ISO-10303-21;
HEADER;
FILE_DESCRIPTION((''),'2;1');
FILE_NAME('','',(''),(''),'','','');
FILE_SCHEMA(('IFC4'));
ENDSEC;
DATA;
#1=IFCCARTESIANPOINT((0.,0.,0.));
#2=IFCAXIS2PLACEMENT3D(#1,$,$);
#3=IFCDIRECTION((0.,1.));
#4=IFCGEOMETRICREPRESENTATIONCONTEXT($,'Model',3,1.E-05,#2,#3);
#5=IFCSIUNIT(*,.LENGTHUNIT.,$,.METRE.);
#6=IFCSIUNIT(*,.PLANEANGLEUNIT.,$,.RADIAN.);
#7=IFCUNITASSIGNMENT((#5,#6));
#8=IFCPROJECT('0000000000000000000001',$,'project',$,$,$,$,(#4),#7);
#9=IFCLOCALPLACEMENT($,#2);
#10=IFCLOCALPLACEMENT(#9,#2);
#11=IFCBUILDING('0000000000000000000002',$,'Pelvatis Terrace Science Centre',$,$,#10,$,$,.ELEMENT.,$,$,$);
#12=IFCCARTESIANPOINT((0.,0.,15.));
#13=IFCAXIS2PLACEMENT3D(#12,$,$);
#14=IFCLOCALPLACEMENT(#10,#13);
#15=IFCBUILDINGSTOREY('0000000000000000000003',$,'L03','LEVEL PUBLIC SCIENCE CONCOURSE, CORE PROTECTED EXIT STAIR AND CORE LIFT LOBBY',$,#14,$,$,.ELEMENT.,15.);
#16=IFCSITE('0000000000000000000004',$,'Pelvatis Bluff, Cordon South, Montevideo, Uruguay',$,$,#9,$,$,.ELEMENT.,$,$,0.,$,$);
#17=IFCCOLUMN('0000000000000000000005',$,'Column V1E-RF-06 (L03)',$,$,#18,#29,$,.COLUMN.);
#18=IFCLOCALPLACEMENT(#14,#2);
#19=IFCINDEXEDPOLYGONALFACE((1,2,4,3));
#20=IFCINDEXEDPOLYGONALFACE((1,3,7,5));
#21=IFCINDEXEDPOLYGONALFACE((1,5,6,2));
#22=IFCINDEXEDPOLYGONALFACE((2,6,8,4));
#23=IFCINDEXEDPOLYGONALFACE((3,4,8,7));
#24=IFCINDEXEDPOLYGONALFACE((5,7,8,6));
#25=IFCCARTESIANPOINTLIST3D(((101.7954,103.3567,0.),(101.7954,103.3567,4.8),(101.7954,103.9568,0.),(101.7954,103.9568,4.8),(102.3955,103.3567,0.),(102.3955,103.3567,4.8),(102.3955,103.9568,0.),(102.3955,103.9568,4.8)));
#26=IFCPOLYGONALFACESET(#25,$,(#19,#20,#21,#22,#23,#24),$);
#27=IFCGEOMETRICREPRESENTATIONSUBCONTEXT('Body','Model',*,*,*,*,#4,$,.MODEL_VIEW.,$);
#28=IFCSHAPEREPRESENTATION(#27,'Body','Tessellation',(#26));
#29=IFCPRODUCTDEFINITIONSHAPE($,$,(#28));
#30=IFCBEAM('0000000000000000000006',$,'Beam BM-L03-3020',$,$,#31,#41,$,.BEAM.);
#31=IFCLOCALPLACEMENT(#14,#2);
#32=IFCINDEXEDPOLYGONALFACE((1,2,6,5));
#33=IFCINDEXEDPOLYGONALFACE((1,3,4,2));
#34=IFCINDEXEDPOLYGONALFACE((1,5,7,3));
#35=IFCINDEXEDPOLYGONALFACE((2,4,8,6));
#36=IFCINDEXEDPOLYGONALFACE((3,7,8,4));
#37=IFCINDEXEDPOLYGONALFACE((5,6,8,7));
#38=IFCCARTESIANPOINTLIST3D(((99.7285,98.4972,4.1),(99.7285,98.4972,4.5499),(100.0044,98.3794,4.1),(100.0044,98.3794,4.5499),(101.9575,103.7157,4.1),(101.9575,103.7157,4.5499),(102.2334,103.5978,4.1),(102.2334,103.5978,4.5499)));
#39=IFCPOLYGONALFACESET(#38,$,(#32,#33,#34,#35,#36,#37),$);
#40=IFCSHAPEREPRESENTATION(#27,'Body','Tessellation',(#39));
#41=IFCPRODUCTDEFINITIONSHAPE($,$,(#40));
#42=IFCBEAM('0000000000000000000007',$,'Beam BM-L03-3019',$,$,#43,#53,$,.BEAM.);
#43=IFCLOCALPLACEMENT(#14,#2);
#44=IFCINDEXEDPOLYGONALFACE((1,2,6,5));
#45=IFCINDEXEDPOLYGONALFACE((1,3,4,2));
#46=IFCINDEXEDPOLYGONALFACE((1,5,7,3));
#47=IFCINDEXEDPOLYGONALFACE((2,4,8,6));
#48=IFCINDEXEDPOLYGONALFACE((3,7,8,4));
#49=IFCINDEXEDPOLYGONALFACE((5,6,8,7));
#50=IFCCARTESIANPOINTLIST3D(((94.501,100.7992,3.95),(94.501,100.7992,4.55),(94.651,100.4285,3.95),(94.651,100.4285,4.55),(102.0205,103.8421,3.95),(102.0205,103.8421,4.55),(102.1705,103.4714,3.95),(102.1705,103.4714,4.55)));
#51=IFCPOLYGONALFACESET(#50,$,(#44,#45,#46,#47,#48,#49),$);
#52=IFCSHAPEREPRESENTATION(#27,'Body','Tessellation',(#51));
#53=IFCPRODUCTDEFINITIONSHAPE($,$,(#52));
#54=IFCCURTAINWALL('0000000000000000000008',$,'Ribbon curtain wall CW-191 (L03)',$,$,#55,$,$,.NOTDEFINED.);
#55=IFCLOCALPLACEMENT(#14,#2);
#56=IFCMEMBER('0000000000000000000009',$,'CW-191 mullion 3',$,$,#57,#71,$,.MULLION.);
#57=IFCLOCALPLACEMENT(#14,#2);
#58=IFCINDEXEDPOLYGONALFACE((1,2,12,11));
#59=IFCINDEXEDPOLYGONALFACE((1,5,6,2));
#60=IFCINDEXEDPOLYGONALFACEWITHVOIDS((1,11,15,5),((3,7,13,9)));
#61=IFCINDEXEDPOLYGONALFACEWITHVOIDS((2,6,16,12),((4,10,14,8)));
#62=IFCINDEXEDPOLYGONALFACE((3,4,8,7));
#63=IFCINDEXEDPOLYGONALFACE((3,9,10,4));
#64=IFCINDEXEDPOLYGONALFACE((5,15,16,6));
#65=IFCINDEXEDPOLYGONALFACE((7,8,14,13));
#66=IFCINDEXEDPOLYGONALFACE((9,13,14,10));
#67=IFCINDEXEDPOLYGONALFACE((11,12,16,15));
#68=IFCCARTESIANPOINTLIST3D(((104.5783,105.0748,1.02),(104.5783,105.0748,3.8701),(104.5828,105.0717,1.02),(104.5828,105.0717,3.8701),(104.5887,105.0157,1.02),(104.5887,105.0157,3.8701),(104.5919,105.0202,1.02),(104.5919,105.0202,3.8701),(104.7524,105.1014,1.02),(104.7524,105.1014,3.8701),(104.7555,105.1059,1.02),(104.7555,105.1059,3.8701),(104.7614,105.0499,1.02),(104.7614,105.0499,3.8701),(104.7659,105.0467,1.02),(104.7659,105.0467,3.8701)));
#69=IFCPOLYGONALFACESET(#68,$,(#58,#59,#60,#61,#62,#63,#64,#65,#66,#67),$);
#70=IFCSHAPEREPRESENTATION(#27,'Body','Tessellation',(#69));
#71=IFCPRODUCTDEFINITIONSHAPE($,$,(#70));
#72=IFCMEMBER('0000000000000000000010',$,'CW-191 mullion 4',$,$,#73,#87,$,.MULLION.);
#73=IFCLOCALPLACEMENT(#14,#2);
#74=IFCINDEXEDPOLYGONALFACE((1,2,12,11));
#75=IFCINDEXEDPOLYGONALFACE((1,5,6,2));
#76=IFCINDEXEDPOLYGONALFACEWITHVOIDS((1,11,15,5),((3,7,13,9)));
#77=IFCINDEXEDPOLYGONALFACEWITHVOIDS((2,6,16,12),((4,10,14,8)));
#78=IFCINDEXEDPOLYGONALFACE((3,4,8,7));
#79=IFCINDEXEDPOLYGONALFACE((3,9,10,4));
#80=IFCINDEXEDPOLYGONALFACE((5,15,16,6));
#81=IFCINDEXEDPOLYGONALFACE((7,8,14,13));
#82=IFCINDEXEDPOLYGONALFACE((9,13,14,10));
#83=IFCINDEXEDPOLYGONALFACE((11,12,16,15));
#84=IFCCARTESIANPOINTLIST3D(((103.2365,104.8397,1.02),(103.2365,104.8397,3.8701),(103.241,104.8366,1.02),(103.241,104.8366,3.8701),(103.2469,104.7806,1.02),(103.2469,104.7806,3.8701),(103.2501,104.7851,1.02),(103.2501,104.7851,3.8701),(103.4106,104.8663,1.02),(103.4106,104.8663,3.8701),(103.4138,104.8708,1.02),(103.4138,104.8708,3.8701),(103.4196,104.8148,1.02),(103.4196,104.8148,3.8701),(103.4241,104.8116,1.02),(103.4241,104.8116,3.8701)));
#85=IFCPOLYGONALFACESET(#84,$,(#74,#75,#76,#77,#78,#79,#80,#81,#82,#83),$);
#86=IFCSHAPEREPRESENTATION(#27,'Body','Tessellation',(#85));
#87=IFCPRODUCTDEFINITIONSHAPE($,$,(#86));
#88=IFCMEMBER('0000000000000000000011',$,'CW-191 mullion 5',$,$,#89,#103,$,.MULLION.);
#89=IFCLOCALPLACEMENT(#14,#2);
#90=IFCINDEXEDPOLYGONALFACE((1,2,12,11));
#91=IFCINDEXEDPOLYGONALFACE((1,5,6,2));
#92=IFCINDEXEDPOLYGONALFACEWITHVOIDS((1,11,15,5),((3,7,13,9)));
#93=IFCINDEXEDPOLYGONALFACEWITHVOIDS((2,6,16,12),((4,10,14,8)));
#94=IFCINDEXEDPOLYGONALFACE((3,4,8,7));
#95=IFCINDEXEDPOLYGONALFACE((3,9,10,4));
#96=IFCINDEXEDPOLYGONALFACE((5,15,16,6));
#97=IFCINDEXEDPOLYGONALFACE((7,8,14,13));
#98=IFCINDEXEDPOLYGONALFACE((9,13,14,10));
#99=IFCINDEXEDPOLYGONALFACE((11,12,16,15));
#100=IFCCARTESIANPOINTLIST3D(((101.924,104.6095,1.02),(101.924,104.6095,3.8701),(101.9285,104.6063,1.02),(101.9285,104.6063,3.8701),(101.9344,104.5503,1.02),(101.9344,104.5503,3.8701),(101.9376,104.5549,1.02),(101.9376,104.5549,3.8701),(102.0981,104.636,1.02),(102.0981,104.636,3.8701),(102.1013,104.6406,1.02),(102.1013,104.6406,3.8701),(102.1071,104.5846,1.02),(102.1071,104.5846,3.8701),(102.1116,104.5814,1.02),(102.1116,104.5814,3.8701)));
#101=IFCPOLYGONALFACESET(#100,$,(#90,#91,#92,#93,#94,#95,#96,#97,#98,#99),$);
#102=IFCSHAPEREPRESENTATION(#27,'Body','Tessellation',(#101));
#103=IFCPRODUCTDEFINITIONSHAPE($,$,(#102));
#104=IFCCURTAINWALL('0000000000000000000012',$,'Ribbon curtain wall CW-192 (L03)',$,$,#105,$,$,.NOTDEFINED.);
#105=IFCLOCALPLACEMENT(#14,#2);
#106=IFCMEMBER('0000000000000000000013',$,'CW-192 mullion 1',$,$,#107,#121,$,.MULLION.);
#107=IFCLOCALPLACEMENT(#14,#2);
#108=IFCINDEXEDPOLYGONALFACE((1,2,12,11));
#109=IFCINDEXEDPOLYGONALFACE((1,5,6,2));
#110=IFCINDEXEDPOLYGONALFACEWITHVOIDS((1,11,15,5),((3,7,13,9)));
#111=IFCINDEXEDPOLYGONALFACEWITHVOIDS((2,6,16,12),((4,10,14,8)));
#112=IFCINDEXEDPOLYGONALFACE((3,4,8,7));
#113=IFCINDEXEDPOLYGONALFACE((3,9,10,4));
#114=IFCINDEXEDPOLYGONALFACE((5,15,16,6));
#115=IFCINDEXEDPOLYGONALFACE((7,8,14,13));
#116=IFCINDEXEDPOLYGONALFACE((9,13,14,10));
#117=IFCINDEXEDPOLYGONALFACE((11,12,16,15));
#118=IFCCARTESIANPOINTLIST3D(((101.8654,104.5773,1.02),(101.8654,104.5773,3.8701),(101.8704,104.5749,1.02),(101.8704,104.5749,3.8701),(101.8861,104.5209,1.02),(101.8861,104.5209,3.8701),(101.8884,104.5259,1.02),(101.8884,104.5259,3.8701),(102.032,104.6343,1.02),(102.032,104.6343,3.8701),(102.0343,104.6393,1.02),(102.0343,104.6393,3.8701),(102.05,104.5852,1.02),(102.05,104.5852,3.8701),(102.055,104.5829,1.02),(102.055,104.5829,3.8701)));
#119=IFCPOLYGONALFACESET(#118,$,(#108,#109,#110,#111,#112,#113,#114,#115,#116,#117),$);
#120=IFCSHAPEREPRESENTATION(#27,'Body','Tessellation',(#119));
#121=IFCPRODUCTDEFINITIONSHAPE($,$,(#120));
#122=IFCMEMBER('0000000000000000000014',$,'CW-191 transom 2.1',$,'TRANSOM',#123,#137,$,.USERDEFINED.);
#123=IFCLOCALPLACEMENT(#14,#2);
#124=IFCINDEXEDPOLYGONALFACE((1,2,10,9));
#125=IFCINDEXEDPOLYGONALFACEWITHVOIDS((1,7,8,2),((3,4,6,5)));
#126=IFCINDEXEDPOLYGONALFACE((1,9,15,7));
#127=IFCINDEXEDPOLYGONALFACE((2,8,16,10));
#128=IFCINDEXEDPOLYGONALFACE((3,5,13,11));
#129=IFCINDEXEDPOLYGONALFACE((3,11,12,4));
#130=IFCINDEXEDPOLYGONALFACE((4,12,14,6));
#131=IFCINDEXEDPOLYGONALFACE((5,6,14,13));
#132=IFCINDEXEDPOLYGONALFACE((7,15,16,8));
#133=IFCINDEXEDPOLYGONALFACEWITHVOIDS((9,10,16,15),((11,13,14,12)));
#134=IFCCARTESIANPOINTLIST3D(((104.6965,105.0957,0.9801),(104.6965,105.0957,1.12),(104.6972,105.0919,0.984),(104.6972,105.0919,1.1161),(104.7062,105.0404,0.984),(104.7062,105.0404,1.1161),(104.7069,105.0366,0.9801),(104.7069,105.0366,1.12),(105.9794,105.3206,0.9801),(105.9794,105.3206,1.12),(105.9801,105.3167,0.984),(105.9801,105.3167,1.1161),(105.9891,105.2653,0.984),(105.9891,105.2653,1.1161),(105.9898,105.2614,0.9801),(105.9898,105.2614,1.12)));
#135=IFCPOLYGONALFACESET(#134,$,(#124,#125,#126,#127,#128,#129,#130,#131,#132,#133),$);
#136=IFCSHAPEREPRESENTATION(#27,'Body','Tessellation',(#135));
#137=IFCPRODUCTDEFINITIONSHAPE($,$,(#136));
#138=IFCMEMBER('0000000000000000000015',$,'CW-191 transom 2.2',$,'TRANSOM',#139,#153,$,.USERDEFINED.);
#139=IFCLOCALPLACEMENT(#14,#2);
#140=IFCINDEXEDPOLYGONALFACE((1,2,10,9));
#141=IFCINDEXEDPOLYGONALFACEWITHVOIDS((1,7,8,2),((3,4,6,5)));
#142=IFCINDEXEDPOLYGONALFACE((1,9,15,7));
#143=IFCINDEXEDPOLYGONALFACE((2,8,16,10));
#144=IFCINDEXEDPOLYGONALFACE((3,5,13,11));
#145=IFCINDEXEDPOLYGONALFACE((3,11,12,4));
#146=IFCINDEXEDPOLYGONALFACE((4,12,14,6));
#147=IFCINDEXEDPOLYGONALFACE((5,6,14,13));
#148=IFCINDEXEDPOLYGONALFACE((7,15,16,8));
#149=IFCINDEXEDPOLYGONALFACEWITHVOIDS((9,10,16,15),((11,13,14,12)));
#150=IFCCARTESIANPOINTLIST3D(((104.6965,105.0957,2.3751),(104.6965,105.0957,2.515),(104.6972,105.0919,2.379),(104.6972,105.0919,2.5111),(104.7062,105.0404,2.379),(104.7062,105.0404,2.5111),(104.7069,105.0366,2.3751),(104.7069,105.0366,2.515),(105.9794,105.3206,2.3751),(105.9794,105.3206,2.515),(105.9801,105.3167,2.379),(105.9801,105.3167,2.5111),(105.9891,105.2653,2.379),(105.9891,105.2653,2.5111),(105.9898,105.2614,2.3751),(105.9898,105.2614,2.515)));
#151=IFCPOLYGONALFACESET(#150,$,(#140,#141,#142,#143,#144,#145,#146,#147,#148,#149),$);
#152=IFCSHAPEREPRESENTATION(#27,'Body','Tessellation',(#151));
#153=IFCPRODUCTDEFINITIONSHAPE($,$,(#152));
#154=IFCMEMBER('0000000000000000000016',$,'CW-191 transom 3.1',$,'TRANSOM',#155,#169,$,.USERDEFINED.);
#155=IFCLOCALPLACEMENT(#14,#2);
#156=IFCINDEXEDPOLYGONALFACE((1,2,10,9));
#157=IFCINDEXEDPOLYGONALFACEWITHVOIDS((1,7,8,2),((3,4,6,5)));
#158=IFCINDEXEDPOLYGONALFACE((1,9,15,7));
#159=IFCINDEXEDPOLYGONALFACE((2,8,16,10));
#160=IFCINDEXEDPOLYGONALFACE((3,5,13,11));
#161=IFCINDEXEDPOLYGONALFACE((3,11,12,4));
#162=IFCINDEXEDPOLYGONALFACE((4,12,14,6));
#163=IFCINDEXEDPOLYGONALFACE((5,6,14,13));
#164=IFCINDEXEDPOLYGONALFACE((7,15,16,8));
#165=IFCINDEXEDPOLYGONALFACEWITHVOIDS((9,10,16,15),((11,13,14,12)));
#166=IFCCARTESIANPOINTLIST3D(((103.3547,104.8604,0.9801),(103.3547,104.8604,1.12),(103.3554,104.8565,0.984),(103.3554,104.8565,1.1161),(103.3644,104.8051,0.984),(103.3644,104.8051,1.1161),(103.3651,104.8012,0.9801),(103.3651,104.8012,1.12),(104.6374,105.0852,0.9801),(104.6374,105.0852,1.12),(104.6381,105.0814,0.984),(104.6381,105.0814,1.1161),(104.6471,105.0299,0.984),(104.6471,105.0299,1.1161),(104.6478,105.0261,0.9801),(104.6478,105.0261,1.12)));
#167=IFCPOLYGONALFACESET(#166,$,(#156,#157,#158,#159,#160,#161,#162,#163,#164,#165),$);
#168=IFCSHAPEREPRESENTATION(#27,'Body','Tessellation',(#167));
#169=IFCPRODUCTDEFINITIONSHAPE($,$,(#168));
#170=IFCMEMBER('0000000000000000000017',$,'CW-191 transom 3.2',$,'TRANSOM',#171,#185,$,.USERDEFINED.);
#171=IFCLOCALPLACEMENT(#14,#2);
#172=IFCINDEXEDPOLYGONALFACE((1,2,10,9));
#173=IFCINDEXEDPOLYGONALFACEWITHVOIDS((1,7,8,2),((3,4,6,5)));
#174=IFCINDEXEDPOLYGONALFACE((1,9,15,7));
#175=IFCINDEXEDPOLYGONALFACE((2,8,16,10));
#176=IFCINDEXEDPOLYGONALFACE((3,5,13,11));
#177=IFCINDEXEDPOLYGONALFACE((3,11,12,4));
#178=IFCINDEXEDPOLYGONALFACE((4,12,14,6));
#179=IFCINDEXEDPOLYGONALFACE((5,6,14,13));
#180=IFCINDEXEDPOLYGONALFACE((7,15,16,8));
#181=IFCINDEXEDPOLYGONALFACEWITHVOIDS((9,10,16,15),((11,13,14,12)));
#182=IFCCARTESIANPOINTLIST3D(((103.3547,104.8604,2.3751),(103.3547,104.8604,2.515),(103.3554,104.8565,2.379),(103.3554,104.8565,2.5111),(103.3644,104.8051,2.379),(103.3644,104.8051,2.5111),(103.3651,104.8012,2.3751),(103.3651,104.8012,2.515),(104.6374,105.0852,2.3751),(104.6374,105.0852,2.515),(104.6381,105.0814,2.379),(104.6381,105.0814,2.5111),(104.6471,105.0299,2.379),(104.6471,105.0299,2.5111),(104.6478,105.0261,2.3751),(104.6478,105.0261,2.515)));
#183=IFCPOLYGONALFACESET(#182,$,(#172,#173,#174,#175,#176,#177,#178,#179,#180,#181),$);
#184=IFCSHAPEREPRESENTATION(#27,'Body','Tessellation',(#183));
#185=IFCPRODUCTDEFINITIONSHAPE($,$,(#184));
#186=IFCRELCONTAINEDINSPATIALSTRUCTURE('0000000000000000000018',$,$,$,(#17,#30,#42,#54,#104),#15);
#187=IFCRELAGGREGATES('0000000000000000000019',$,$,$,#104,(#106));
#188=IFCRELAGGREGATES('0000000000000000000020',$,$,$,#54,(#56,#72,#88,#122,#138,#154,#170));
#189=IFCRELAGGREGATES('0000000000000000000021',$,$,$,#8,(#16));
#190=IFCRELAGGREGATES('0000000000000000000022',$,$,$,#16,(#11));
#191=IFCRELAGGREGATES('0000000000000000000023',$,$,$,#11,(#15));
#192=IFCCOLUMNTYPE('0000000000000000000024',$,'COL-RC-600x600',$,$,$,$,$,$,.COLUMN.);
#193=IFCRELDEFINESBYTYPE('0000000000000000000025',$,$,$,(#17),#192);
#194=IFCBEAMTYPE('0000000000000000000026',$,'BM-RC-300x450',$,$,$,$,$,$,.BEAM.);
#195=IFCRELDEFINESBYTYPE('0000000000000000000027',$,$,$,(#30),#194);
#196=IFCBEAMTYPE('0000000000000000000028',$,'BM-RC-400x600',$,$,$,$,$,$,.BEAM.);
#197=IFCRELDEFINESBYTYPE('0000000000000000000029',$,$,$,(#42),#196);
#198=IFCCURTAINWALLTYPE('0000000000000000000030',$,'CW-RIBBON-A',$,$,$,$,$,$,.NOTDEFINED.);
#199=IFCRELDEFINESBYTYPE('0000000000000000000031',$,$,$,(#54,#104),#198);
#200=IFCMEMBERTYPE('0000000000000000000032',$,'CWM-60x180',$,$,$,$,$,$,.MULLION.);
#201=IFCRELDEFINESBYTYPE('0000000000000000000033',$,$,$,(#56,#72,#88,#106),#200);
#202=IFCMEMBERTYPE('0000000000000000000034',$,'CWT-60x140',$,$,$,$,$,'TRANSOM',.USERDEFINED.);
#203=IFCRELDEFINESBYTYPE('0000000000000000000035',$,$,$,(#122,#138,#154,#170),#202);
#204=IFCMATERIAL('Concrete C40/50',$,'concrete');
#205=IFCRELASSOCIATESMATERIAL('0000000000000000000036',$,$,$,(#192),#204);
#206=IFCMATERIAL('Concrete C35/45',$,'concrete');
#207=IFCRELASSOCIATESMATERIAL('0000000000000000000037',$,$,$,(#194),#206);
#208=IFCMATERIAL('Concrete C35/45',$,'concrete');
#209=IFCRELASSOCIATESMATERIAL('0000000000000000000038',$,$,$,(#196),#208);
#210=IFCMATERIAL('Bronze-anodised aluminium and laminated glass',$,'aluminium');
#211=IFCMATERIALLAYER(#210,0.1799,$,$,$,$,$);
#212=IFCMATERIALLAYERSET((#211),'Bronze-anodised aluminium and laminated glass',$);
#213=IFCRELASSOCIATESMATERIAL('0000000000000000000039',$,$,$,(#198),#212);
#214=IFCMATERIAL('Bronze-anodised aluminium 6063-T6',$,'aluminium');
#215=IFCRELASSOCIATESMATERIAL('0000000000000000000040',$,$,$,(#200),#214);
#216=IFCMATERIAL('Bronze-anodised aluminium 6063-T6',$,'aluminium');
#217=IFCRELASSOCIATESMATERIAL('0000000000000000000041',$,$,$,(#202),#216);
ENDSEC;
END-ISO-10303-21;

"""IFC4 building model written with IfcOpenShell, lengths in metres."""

from ifc_helpers import new_model, si_unit, direction, frame, origin, origin_2d, place, context, subcontext, project, spatial, rectangle, hollow_rectangle, extrude, material, layer, layer_set, material_profile, profile_set, type_object, element, aggregate, save


model = new_model("IFC4")

# Units and contexts
model_context = context("Model", 3, precision=1e-05, world=origin(), true_north=direction((0.0, 1.0)))
body_context = subcontext(model_context, "Body", "Model", "MODEL_VIEW")
ifc_project = project(units=[si_unit("LENGTHUNIT", "METRE"), si_unit("PLANEANGLEUNIT", "RADIAN")], contexts=[model_context])

# Site, building, storey
site_placement = place(None, origin())
site = spatial("IfcSite", under=ifc_project, at=site_placement, Name="Pelvatis Bluff, Cordon South, Montevideo, Uruguay", CompositionType="ELEMENT", RefElevation=0.0)
building_placement = place(site_placement, origin())
building = spatial("IfcBuilding", under=site, at=building_placement, Name="Pelvatis Terrace Science Centre", CompositionType="ELEMENT")
storey_placement = place(building_placement, frame((0.0, 0.0, 15.0)))
storey = spatial("IfcBuildingStorey", under=building, at=storey_placement, Name="L03", Description="LEVEL PUBLIC SCIENCE CONCOURSE, CORE PROTECTED EXIT STAIR AND CORE LIFT LOBBY", CompositionType="ELEMENT", Elevation=15.0)

# Column
ifc_material_1 = material(Name="Concrete C40/50", Category="concrete")
ifc_material_profile_1 = material_profile(ifc_material_1, rectangle(XDim=0.6001, YDim=0.6001, at=origin_2d()), Name="RC-COL 600x600")
ifc_profile_set_1 = profile_set([ifc_material_profile_1], Name="Concrete C40/50")
column_type = type_object("IfcColumnType", Name="COL-RC-600x600", PredefinedType="COLUMN", material=ifc_profile_set_1)
column_placement = place(storey_placement, frame((102.0955, 103.6567, 0.0), z_axis=(0.0, 0.0, 1.0), x_axis=(1.0, 0.0, 0.0)))
element("IfcColumn", 1, at=column_placement, inside=storey, type_object=column_type, Name="Column V1E-RF-06 (L03)", PredefinedType="COLUMN", context=body_context, shape_type="SweptSolid", body=[
    extrude(rectangle(XDim=0.6001, YDim=0.6001, at=origin_2d()), origin(), (0.0, 0.0, 1.0), 4.8),
])

# Beams
ifc_material_2 = material(Name="Concrete C35/45", Category="concrete")
ifc_material_profile_2 = material_profile(ifc_material_2, rectangle(XDim=0.3, YDim=0.45, at=origin_2d()), Name="RC-BM 300x450")
ifc_profile_set_2 = profile_set([ifc_material_profile_2], Name="Concrete C35/45")
beam_type_1 = type_object("IfcBeamType", Name="BM-RC-300x450", PredefinedType="BEAM", material=ifc_profile_set_2)
beam_1_placement = place(storey_placement, frame((102.0955, 103.6567, 4.325), z_axis=(-0.392803, -0.919623, 0.0), x_axis=(0.919623, -0.392803, 0.0)))
element("IfcBeam", 2, at=beam_1_placement, inside=storey, type_object=beam_type_1, Name="Beam BM-L03-3020", PredefinedType="BEAM", context=body_context, shape_type="SweptSolid", body=[
    extrude(rectangle(XDim=0.3, YDim=0.45, at=origin_2d()), origin(), (0.0, 0.0, 1.0), 5.6746),
])
ifc_material_3 = material(Name="Concrete C35/45", Category="concrete")
ifc_material_profile_3 = material_profile(ifc_material_3, rectangle(XDim=0.3999, YDim=0.6001, at=origin_2d()), Name="RC-BM 400x600")
ifc_profile_set_3 = profile_set([ifc_material_profile_3], Name="Concrete C35/45")
beam_type_2 = type_object("IfcBeamType", Name="BM-RC-400x600", PredefinedType="BEAM", material=ifc_profile_set_3)
beam_2_placement = place(storey_placement, frame((102.0955, 103.6567, 4.25), z_axis=(-0.926975, -0.375124, 0.0), x_axis=(0.375124, -0.926975, 0.0)))
element("IfcBeam", 3, at=beam_2_placement, inside=storey, type_object=beam_type_2, Name="Beam BM-L03-3019", PredefinedType="BEAM", context=body_context, shape_type="SweptSolid", body=[
    extrude(rectangle(XDim=0.3999, YDim=0.6001, at=origin_2d()), origin(), (0.0, 0.0, 1.0), 8.1118),
])

# Curtain wall, members
ifc_material_4 = material(Name="Bronze-anodised aluminium and laminated glass", Category="aluminium")
ifc_layer_1 = layer(ifc_material_4, 0.1799)
ifc_layer_set_1 = layer_set([ifc_layer_1], Name="Bronze-anodised aluminium and laminated glass")
curtain_wall_type = type_object("IfcCurtainWallType", Name="CW-RIBBON-A", PredefinedType="NOTDEFINED", material=ifc_layer_set_1)
curtain_wall_1_placement = place(storey_placement, origin())
curtain_wall_1 = element("IfcCurtainWall", 4, at=curtain_wall_1_placement, inside=storey, type_object=curtain_wall_type, Name="Ribbon curtain wall CW-191 (L03)", PredefinedType="NOTDEFINED")
ifc_material_5 = material(Name="Bronze-anodised aluminium 6063-T6", Category="aluminium")
ifc_material_profile_4 = material_profile(ifc_material_5, hollow_rectangle(XDim=0.0601, YDim=0.1799, WallThickness=0.0039, at=origin_2d()), Name="ALU-MUL 60x180")
ifc_profile_set_4 = profile_set([ifc_material_profile_4], Name="Bronze-anodised aluminium 6063-T6")
member_type_1 = type_object("IfcMemberType", Name="CWM-60x180", PredefinedType="MULLION", material=ifc_profile_set_4)
member_1_placement = place(storey_placement, frame((104.6721, 105.0608, 1.02), z_axis=(0.0, 0.0, 1.0), x_axis=(0.172671, -0.984979, 0.0)))
member_1 = element("IfcMember", 5, at=member_1_placement, type_object=member_type_1, Name="CW-191 mullion 3", PredefinedType="MULLION", context=body_context, shape_type="SweptSolid", body=[
    extrude(hollow_rectangle(XDim=0.0601, YDim=0.1799, WallThickness=0.0039, at=origin_2d()), origin(), (0.0, 0.0, 1.0), 2.8501),
])
member_2_placement = place(storey_placement, frame((103.3303, 104.8257, 1.02), z_axis=(0.0, 0.0, 1.0), x_axis=(0.172671, -0.984979, 0.0)))
member_2 = element("IfcMember", 6, at=member_2_placement, type_object=member_type_1, Name="CW-191 mullion 4", PredefinedType="MULLION", context=body_context, shape_type="SweptSolid", body=[
    extrude(hollow_rectangle(XDim=0.0601, YDim=0.1799, WallThickness=0.0039, at=origin_2d()), origin(), (0.0, 0.0, 1.0), 2.8501),
])
member_3_placement = place(storey_placement, frame((102.0178, 104.5955, 1.02), z_axis=(0.0, 0.0, 1.0), x_axis=(0.172671, -0.984979, 0.0)))
member_3 = element("IfcMember", 7, at=member_3_placement, type_object=member_type_1, Name="CW-191 mullion 5", PredefinedType="MULLION", context=body_context, shape_type="SweptSolid", body=[
    extrude(hollow_rectangle(XDim=0.0601, YDim=0.1799, WallThickness=0.0039, at=origin_2d()), origin(), (0.0, 0.0, 1.0), 2.8501),
])

# Curtain wall, member
curtain_wall_2_placement = place(storey_placement, origin())
curtain_wall_2 = element("IfcCurtainWall", 8, at=curtain_wall_2_placement, inside=storey, type_object=curtain_wall_type, Name="Ribbon curtain wall CW-192 (L03)", PredefinedType="NOTDEFINED")
member_4_placement = place(storey_placement, frame((101.9602, 104.5801, 1.02), z_axis=(0.0, 0.0, 1.0), x_axis=(0.344715, -0.938707, 0.0)))
member_4 = element("IfcMember", 9, at=member_4_placement, type_object=member_type_1, Name="CW-192 mullion 1", PredefinedType="MULLION", context=body_context, shape_type="SweptSolid", body=[
    extrude(hollow_rectangle(XDim=0.0601, YDim=0.1799, WallThickness=0.0039, at=origin_2d()), origin(), (0.0, 0.0, 1.0), 2.8501),
])

# Members
ifc_material_6 = material(Name="Bronze-anodised aluminium 6063-T6", Category="aluminium")
ifc_material_profile_5 = material_profile(ifc_material_6, hollow_rectangle(XDim=0.0601, YDim=0.1399, WallThickness=0.0039, at=origin_2d()), Name="ALU-TRN 60x140")
ifc_profile_set_5 = profile_set([ifc_material_profile_5], Name="Bronze-anodised aluminium 6063-T6")
member_type_2 = type_object("IfcMemberType", Name="CWT-60x140", ElementType="TRANSOM", PredefinedType="USERDEFINED", material=ifc_profile_set_5)
member_5_placement = place(storey_placement, frame((105.9846, 105.291, 1.05), z_axis=(-0.984987, -0.17263, 0.0), x_axis=(0.17263, -0.984987, 0.0)))
member_5 = element("IfcMember", 10, at=member_5_placement, type_object=member_type_2, Name="CW-191 transom 2.1", ObjectType="TRANSOM", PredefinedType="USERDEFINED", context=body_context, shape_type="SweptSolid", body=[
    extrude(hollow_rectangle(XDim=0.0601, YDim=0.1399, WallThickness=0.0039, at=origin_2d()), origin(), (0.0, 0.0, 1.0), 1.3025),
])
member_6_placement = place(storey_placement, frame((105.9846, 105.291, 2.4451), z_axis=(-0.984987, -0.17263, 0.0), x_axis=(0.17263, -0.984987, 0.0)))
member_6 = element("IfcMember", 11, at=member_6_placement, type_object=member_type_2, Name="CW-191 transom 2.2", ObjectType="TRANSOM", PredefinedType="USERDEFINED", context=body_context, shape_type="SweptSolid", body=[
    extrude(hollow_rectangle(XDim=0.0601, YDim=0.1399, WallThickness=0.0039, at=origin_2d()), origin(), (0.0, 0.0, 1.0), 1.3025),
])
member_7_placement = place(storey_placement, frame((104.6426, 105.0557, 1.05), z_axis=(-0.984981, -0.172662, 0.0), x_axis=(0.172662, -0.984981, 0.0)))
member_7 = element("IfcMember", 12, at=member_7_placement, type_object=member_type_2, Name="CW-191 transom 3.1", ObjectType="TRANSOM", PredefinedType="USERDEFINED", context=body_context, shape_type="SweptSolid", body=[
    extrude(hollow_rectangle(XDim=0.0601, YDim=0.1399, WallThickness=0.0039, at=origin_2d()), origin(), (0.0, 0.0, 1.0), 1.3022),
])
member_8_placement = place(storey_placement, frame((104.6426, 105.0557, 2.4451), z_axis=(-0.984981, -0.172662, 0.0), x_axis=(0.172662, -0.984981, 0.0)))
member_8 = element("IfcMember", 13, at=member_8_placement, type_object=member_type_2, Name="CW-191 transom 3.2", ObjectType="TRANSOM", PredefinedType="USERDEFINED", context=body_context, shape_type="SweptSolid", body=[
    extrude(hollow_rectangle(XDim=0.0601, YDim=0.1399, WallThickness=0.0039, at=origin_2d()), origin(), (0.0, 0.0, 1.0), 1.3022),
])
aggregate(curtain_wall_2, [member_4])

aggregate(curtain_wall_1, [member_1, member_2, member_3, member_5, member_6, member_7, member_8])

save(model, "model.ifc")
